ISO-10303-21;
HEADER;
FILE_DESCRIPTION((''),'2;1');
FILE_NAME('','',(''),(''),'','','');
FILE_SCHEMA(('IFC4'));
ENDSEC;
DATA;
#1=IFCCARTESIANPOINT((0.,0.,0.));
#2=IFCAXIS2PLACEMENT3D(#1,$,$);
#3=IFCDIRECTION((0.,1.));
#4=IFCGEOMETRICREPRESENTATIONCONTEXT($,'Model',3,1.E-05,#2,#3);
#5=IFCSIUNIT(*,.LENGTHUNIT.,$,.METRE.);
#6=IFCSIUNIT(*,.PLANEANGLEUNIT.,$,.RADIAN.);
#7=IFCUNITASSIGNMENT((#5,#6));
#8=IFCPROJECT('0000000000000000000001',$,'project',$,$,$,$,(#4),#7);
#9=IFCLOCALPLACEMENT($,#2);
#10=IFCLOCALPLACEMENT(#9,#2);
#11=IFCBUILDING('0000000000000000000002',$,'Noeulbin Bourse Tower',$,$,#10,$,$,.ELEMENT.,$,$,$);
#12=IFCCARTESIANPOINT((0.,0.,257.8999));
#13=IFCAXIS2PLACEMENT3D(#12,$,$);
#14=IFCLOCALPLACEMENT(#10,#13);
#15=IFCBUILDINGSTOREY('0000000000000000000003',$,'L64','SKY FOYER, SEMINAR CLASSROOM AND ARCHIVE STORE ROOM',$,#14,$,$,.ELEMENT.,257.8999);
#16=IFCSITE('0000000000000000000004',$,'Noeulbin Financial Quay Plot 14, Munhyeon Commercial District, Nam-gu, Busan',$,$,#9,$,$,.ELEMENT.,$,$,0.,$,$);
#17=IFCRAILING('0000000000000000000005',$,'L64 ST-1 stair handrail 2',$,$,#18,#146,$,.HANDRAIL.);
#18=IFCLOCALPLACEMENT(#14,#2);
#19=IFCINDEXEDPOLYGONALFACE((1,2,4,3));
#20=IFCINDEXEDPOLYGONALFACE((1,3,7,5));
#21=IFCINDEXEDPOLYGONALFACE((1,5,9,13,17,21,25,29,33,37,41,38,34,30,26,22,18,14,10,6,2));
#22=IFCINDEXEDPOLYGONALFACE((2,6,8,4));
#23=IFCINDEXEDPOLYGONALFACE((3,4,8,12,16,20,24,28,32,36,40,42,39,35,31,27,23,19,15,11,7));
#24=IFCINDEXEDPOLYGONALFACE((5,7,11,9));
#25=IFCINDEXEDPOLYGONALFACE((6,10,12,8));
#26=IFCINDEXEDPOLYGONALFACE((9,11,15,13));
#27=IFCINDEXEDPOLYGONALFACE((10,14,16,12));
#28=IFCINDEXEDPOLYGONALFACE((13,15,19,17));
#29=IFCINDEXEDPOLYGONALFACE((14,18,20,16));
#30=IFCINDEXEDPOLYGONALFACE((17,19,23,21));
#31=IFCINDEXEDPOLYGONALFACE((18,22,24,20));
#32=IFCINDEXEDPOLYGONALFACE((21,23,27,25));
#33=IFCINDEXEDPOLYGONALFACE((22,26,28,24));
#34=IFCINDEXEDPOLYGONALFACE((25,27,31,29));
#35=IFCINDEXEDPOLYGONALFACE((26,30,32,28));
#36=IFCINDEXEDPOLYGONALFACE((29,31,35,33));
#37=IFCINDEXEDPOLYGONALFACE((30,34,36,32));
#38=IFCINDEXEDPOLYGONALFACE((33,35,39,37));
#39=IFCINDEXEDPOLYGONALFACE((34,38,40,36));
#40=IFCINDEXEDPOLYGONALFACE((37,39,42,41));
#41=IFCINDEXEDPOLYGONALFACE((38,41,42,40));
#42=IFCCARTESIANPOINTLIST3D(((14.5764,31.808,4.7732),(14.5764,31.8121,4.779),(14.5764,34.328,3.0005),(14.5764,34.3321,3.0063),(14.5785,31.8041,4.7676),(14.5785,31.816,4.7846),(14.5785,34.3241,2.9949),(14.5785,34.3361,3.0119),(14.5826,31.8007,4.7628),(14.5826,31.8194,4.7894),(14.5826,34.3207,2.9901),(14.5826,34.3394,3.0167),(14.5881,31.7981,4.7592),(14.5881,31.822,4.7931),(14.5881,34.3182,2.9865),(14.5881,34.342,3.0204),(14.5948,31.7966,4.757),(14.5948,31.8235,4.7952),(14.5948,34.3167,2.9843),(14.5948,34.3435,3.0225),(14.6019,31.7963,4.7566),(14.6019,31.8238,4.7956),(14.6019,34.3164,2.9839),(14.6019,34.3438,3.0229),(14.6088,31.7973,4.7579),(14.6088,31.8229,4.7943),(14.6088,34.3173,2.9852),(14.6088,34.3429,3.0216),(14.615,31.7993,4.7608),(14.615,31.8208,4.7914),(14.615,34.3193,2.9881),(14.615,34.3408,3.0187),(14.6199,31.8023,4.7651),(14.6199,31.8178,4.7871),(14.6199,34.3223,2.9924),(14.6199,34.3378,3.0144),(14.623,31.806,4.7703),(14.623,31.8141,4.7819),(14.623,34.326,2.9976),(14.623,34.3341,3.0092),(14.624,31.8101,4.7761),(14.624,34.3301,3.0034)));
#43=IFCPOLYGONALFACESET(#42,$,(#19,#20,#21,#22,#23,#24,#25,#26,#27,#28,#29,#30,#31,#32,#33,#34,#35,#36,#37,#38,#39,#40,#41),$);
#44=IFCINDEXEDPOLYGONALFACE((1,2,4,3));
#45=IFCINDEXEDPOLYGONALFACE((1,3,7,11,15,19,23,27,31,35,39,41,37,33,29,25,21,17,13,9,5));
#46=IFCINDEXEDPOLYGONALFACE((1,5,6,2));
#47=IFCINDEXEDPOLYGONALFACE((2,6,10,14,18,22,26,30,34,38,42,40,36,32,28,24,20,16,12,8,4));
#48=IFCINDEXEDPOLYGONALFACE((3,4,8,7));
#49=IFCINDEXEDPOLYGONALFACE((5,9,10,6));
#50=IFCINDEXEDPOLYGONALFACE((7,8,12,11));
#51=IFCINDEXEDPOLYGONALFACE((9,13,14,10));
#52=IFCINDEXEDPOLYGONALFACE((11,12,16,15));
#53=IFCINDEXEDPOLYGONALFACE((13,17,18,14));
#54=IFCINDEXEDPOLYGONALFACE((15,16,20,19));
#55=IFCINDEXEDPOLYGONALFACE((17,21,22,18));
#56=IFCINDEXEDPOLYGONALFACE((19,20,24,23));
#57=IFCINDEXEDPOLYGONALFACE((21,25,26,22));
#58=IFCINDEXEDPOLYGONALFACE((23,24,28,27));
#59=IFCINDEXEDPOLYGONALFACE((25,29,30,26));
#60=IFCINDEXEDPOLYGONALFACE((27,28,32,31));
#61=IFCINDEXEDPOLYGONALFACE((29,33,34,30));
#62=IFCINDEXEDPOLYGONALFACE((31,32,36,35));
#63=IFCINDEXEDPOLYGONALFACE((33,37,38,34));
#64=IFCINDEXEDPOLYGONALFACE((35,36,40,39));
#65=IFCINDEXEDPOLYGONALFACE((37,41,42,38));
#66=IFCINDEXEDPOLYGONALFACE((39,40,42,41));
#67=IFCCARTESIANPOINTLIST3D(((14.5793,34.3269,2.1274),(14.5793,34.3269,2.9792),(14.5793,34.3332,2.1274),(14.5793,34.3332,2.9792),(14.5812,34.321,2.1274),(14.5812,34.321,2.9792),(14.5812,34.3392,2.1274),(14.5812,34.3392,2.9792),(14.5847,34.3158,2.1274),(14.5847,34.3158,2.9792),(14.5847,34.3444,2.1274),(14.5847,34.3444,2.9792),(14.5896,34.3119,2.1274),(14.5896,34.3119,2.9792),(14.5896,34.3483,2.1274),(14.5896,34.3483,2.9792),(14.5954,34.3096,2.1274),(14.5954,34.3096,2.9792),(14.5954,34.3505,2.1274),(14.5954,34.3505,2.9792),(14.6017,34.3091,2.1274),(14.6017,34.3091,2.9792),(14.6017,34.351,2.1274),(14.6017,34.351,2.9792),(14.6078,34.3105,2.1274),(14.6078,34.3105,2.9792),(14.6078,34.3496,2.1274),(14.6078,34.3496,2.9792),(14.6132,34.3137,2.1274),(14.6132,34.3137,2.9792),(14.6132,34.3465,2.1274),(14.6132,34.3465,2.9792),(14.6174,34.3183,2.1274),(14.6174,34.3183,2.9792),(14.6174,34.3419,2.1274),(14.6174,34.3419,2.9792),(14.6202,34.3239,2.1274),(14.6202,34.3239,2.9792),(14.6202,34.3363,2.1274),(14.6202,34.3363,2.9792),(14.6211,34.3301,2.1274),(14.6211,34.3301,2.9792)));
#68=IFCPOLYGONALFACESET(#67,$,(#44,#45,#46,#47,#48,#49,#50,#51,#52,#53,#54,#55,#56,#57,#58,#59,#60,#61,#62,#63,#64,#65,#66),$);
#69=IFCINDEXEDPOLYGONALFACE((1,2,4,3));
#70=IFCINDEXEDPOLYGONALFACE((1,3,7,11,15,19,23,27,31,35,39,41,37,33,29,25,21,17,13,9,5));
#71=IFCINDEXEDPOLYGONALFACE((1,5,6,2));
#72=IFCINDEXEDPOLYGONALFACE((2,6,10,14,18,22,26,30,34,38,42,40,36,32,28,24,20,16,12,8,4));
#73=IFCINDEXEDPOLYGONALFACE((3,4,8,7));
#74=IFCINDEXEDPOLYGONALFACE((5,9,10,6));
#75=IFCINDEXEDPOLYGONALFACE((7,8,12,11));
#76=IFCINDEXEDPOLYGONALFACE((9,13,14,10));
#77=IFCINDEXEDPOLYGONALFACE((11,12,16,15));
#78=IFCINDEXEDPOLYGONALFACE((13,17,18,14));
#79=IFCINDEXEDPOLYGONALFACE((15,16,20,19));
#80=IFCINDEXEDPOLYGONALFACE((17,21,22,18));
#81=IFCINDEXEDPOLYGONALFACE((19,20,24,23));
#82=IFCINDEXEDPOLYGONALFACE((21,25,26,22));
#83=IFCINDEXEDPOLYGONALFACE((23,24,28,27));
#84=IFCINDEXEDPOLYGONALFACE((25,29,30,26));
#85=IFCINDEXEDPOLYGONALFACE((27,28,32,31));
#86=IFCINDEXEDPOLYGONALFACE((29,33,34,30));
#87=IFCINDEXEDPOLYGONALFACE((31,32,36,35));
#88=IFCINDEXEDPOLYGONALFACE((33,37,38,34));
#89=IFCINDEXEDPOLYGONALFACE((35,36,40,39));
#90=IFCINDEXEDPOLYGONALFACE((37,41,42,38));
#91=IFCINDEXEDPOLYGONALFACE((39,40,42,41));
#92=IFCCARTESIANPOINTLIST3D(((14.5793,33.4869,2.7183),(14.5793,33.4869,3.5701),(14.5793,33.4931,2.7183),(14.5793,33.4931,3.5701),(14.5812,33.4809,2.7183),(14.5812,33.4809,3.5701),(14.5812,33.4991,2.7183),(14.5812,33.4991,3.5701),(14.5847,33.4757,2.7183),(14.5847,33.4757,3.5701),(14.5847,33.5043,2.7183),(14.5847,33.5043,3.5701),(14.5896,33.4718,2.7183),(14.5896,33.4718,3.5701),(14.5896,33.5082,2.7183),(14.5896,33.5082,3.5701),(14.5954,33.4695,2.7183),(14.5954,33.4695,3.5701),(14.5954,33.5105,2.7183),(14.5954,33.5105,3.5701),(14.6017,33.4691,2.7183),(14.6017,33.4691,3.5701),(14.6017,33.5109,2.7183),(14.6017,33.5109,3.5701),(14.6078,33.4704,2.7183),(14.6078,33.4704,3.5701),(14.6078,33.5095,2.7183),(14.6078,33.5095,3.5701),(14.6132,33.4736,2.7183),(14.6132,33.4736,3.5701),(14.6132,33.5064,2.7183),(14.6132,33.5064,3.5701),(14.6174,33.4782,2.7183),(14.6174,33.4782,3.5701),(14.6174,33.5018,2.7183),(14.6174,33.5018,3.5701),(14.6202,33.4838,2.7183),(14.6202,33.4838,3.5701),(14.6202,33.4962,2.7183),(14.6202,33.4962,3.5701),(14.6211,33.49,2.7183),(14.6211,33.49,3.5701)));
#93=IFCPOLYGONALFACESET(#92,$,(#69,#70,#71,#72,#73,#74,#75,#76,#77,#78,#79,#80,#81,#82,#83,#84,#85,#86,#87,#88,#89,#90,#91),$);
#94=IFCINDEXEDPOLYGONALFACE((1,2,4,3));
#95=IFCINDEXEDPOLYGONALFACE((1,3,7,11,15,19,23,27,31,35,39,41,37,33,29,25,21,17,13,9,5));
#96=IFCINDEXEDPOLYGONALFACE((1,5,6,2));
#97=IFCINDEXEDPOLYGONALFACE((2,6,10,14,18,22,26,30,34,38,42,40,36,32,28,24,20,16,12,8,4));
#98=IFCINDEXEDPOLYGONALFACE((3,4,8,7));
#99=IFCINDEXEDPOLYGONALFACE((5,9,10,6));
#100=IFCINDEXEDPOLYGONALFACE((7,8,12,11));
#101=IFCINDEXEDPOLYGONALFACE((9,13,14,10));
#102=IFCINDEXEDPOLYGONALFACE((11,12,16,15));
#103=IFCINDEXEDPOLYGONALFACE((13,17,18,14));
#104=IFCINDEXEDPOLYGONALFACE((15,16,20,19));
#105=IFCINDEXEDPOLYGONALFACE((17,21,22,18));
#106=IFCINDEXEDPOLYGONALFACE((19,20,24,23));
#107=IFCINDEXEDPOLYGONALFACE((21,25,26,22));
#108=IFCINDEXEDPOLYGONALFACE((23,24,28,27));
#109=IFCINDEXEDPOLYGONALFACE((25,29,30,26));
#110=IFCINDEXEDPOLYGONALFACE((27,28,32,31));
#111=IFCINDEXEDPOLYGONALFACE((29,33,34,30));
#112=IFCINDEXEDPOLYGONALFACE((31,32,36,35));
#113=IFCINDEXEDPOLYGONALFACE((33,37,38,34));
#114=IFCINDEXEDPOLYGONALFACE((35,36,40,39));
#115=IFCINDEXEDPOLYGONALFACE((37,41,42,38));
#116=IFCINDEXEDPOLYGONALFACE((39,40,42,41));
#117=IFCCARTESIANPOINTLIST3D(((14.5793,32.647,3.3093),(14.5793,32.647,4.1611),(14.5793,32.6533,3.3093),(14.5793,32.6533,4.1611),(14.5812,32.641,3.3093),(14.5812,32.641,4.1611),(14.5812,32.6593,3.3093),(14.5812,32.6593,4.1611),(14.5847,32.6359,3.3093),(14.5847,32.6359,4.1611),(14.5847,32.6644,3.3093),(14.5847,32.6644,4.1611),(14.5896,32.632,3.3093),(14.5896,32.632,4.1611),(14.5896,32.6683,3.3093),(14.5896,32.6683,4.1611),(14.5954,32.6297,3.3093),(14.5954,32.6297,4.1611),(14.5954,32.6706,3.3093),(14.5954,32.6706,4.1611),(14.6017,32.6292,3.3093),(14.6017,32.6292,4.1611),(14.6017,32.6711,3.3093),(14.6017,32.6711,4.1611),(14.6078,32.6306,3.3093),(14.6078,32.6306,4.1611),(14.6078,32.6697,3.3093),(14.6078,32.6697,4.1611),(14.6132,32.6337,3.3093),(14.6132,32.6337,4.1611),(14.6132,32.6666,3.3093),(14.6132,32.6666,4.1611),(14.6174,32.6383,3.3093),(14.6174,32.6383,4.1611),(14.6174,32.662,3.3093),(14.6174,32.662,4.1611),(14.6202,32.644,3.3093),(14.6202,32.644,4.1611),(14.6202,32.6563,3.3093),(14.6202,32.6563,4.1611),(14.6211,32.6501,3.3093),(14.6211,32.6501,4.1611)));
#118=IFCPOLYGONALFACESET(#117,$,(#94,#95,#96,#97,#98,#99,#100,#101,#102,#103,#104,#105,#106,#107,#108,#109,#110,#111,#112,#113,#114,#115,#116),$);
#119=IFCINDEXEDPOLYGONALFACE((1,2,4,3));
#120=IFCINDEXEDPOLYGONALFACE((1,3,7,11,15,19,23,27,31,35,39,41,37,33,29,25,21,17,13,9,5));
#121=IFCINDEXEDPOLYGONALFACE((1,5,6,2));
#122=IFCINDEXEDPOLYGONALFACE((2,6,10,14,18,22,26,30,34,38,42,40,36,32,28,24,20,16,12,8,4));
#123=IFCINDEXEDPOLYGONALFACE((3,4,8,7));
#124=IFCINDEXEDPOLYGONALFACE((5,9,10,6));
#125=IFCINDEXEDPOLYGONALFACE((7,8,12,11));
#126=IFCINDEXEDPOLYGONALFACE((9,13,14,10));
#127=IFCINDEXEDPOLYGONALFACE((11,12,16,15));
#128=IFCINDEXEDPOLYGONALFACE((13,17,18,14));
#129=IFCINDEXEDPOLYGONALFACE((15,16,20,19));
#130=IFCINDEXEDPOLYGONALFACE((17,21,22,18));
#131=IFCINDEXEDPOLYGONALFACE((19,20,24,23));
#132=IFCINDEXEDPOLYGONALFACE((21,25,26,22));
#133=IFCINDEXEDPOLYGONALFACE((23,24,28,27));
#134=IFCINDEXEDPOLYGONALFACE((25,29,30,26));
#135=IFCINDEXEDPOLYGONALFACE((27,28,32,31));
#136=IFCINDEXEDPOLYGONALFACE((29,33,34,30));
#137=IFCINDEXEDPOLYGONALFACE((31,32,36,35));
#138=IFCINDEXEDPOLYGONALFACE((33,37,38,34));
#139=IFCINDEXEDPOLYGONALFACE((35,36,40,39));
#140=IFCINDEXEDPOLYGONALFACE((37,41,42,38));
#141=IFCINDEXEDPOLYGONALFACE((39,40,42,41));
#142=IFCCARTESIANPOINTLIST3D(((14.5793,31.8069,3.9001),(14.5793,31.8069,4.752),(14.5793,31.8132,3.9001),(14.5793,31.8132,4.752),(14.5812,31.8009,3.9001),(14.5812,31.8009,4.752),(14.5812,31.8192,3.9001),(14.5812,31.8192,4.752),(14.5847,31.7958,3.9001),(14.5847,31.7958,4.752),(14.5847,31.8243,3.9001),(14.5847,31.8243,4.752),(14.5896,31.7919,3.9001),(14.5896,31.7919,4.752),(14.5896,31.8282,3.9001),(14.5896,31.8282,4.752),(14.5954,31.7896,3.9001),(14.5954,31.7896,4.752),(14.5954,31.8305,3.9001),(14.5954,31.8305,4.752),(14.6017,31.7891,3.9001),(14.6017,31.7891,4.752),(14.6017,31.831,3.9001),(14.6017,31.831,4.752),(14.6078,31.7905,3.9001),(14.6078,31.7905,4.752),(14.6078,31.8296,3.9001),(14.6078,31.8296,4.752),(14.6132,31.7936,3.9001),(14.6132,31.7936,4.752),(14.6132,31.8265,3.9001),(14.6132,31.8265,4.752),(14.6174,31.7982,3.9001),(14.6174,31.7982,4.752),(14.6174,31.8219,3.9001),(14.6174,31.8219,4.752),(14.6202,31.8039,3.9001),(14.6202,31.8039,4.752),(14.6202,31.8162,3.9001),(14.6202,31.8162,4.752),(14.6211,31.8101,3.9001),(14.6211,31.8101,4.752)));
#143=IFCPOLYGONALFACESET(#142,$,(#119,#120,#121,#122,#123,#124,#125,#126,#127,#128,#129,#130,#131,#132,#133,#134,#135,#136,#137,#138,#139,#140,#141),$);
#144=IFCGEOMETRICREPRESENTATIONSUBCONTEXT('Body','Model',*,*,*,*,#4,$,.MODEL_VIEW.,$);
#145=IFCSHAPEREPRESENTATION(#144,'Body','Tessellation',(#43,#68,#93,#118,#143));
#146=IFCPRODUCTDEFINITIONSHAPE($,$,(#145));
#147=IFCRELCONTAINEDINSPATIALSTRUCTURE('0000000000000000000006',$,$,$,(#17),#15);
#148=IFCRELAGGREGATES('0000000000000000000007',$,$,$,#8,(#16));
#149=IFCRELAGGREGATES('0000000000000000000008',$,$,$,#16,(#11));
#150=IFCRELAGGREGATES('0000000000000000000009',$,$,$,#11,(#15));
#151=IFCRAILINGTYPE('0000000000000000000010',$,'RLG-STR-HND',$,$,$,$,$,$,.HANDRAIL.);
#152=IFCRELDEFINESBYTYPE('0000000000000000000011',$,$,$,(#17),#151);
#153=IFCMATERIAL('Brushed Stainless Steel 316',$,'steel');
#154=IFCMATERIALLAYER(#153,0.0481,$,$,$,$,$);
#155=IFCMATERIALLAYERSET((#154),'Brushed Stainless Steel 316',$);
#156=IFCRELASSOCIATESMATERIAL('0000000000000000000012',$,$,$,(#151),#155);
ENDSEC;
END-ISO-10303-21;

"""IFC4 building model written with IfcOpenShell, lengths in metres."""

from ifc_helpers import new_model, si_unit, direction, frame, origin, origin_2d, place, context, subcontext, project, spatial, circle, extrude, material, layer, layer_set, type_object, element, save


model = new_model("IFC4")

# Units and contexts
model_context = context("Model", 3, precision=1e-05, world=origin(), true_north=direction((0.0, 1.0)))
body_context = subcontext(model_context, "Body", "Model", "MODEL_VIEW")
ifc_project = project(units=[si_unit("LENGTHUNIT", "METRE"), si_unit("PLANEANGLEUNIT", "RADIAN")], contexts=[model_context])

# Site, building, storey
site_placement = place(None, origin())
site = spatial("IfcSite", under=ifc_project, at=site_placement, Name="Noeulbin Financial Quay Plot 14, Munhyeon Commercial District, Nam-gu, Busan", CompositionType="ELEMENT", RefElevation=0.0)
building_placement = place(site_placement, origin())
building = spatial("IfcBuilding", under=site, at=building_placement, Name="Noeulbin Bourse Tower", CompositionType="ELEMENT")
storey_placement = place(building_placement, frame((0.0, 0.0, 257.8999)))
storey = spatial("IfcBuildingStorey", under=building, at=storey_placement, Name="L64", Description="SKY FOYER, SEMINAR CLASSROOM AND ARCHIVE STORE ROOM", CompositionType="ELEMENT", Elevation=257.8999)

# Shared definitions
ifc_material_1 = material(Name="Brushed Stainless Steel 316", Category="steel")

# Railing
ifc_layer_1 = layer(ifc_material_1, 0.0481)
ifc_layer_set_1 = layer_set([ifc_layer_1], Name="Brushed Stainless Steel 316")
railing_type_1 = type_object("IfcRailingType", Name="RLG-STR-HND", PredefinedType="HANDRAIL", material=ifc_layer_set_1)
railing_1_placement = place(storey_placement, frame((14.6001, 34.3301, 2.1274)))
element("IfcRailing", 1, at=railing_1_placement, inside=storey, type_object=railing_type_1, Name="L64 ST-1 stair handrail 2", PredefinedType="HANDRAIL", context=body_context, shape_type="SweptSolid", body=[
    extrude(circle(Radius=0.0239, at=origin_2d()), frame((0.0, 0.0, 0.876), z_axis=(0.0, -0.817904, 0.575354), x_axis=(1.0, 0.0, 0.0)), (0.0, 0.0, 1.0), 3.0811),
    extrude(circle(Radius=0.021, at=origin_2d()), origin(), (0.0, 0.0, 1.0), 0.8518),
    extrude(circle(Radius=0.021, at=origin_2d()), frame((0.0, -0.8401, 0.5908)), (0.0, 0.0, 1.0), 0.8518),
    extrude(circle(Radius=0.021, at=origin_2d()), frame((0.0, -1.6799, 1.1819)), (0.0, 0.0, 1.0), 0.8518),
    extrude(circle(Radius=0.021, at=origin_2d()), frame((0.0, -2.52, 1.7727)), (0.0, 0.0, 1.0), 0.8518),
])

save(model, "model.ifc")
